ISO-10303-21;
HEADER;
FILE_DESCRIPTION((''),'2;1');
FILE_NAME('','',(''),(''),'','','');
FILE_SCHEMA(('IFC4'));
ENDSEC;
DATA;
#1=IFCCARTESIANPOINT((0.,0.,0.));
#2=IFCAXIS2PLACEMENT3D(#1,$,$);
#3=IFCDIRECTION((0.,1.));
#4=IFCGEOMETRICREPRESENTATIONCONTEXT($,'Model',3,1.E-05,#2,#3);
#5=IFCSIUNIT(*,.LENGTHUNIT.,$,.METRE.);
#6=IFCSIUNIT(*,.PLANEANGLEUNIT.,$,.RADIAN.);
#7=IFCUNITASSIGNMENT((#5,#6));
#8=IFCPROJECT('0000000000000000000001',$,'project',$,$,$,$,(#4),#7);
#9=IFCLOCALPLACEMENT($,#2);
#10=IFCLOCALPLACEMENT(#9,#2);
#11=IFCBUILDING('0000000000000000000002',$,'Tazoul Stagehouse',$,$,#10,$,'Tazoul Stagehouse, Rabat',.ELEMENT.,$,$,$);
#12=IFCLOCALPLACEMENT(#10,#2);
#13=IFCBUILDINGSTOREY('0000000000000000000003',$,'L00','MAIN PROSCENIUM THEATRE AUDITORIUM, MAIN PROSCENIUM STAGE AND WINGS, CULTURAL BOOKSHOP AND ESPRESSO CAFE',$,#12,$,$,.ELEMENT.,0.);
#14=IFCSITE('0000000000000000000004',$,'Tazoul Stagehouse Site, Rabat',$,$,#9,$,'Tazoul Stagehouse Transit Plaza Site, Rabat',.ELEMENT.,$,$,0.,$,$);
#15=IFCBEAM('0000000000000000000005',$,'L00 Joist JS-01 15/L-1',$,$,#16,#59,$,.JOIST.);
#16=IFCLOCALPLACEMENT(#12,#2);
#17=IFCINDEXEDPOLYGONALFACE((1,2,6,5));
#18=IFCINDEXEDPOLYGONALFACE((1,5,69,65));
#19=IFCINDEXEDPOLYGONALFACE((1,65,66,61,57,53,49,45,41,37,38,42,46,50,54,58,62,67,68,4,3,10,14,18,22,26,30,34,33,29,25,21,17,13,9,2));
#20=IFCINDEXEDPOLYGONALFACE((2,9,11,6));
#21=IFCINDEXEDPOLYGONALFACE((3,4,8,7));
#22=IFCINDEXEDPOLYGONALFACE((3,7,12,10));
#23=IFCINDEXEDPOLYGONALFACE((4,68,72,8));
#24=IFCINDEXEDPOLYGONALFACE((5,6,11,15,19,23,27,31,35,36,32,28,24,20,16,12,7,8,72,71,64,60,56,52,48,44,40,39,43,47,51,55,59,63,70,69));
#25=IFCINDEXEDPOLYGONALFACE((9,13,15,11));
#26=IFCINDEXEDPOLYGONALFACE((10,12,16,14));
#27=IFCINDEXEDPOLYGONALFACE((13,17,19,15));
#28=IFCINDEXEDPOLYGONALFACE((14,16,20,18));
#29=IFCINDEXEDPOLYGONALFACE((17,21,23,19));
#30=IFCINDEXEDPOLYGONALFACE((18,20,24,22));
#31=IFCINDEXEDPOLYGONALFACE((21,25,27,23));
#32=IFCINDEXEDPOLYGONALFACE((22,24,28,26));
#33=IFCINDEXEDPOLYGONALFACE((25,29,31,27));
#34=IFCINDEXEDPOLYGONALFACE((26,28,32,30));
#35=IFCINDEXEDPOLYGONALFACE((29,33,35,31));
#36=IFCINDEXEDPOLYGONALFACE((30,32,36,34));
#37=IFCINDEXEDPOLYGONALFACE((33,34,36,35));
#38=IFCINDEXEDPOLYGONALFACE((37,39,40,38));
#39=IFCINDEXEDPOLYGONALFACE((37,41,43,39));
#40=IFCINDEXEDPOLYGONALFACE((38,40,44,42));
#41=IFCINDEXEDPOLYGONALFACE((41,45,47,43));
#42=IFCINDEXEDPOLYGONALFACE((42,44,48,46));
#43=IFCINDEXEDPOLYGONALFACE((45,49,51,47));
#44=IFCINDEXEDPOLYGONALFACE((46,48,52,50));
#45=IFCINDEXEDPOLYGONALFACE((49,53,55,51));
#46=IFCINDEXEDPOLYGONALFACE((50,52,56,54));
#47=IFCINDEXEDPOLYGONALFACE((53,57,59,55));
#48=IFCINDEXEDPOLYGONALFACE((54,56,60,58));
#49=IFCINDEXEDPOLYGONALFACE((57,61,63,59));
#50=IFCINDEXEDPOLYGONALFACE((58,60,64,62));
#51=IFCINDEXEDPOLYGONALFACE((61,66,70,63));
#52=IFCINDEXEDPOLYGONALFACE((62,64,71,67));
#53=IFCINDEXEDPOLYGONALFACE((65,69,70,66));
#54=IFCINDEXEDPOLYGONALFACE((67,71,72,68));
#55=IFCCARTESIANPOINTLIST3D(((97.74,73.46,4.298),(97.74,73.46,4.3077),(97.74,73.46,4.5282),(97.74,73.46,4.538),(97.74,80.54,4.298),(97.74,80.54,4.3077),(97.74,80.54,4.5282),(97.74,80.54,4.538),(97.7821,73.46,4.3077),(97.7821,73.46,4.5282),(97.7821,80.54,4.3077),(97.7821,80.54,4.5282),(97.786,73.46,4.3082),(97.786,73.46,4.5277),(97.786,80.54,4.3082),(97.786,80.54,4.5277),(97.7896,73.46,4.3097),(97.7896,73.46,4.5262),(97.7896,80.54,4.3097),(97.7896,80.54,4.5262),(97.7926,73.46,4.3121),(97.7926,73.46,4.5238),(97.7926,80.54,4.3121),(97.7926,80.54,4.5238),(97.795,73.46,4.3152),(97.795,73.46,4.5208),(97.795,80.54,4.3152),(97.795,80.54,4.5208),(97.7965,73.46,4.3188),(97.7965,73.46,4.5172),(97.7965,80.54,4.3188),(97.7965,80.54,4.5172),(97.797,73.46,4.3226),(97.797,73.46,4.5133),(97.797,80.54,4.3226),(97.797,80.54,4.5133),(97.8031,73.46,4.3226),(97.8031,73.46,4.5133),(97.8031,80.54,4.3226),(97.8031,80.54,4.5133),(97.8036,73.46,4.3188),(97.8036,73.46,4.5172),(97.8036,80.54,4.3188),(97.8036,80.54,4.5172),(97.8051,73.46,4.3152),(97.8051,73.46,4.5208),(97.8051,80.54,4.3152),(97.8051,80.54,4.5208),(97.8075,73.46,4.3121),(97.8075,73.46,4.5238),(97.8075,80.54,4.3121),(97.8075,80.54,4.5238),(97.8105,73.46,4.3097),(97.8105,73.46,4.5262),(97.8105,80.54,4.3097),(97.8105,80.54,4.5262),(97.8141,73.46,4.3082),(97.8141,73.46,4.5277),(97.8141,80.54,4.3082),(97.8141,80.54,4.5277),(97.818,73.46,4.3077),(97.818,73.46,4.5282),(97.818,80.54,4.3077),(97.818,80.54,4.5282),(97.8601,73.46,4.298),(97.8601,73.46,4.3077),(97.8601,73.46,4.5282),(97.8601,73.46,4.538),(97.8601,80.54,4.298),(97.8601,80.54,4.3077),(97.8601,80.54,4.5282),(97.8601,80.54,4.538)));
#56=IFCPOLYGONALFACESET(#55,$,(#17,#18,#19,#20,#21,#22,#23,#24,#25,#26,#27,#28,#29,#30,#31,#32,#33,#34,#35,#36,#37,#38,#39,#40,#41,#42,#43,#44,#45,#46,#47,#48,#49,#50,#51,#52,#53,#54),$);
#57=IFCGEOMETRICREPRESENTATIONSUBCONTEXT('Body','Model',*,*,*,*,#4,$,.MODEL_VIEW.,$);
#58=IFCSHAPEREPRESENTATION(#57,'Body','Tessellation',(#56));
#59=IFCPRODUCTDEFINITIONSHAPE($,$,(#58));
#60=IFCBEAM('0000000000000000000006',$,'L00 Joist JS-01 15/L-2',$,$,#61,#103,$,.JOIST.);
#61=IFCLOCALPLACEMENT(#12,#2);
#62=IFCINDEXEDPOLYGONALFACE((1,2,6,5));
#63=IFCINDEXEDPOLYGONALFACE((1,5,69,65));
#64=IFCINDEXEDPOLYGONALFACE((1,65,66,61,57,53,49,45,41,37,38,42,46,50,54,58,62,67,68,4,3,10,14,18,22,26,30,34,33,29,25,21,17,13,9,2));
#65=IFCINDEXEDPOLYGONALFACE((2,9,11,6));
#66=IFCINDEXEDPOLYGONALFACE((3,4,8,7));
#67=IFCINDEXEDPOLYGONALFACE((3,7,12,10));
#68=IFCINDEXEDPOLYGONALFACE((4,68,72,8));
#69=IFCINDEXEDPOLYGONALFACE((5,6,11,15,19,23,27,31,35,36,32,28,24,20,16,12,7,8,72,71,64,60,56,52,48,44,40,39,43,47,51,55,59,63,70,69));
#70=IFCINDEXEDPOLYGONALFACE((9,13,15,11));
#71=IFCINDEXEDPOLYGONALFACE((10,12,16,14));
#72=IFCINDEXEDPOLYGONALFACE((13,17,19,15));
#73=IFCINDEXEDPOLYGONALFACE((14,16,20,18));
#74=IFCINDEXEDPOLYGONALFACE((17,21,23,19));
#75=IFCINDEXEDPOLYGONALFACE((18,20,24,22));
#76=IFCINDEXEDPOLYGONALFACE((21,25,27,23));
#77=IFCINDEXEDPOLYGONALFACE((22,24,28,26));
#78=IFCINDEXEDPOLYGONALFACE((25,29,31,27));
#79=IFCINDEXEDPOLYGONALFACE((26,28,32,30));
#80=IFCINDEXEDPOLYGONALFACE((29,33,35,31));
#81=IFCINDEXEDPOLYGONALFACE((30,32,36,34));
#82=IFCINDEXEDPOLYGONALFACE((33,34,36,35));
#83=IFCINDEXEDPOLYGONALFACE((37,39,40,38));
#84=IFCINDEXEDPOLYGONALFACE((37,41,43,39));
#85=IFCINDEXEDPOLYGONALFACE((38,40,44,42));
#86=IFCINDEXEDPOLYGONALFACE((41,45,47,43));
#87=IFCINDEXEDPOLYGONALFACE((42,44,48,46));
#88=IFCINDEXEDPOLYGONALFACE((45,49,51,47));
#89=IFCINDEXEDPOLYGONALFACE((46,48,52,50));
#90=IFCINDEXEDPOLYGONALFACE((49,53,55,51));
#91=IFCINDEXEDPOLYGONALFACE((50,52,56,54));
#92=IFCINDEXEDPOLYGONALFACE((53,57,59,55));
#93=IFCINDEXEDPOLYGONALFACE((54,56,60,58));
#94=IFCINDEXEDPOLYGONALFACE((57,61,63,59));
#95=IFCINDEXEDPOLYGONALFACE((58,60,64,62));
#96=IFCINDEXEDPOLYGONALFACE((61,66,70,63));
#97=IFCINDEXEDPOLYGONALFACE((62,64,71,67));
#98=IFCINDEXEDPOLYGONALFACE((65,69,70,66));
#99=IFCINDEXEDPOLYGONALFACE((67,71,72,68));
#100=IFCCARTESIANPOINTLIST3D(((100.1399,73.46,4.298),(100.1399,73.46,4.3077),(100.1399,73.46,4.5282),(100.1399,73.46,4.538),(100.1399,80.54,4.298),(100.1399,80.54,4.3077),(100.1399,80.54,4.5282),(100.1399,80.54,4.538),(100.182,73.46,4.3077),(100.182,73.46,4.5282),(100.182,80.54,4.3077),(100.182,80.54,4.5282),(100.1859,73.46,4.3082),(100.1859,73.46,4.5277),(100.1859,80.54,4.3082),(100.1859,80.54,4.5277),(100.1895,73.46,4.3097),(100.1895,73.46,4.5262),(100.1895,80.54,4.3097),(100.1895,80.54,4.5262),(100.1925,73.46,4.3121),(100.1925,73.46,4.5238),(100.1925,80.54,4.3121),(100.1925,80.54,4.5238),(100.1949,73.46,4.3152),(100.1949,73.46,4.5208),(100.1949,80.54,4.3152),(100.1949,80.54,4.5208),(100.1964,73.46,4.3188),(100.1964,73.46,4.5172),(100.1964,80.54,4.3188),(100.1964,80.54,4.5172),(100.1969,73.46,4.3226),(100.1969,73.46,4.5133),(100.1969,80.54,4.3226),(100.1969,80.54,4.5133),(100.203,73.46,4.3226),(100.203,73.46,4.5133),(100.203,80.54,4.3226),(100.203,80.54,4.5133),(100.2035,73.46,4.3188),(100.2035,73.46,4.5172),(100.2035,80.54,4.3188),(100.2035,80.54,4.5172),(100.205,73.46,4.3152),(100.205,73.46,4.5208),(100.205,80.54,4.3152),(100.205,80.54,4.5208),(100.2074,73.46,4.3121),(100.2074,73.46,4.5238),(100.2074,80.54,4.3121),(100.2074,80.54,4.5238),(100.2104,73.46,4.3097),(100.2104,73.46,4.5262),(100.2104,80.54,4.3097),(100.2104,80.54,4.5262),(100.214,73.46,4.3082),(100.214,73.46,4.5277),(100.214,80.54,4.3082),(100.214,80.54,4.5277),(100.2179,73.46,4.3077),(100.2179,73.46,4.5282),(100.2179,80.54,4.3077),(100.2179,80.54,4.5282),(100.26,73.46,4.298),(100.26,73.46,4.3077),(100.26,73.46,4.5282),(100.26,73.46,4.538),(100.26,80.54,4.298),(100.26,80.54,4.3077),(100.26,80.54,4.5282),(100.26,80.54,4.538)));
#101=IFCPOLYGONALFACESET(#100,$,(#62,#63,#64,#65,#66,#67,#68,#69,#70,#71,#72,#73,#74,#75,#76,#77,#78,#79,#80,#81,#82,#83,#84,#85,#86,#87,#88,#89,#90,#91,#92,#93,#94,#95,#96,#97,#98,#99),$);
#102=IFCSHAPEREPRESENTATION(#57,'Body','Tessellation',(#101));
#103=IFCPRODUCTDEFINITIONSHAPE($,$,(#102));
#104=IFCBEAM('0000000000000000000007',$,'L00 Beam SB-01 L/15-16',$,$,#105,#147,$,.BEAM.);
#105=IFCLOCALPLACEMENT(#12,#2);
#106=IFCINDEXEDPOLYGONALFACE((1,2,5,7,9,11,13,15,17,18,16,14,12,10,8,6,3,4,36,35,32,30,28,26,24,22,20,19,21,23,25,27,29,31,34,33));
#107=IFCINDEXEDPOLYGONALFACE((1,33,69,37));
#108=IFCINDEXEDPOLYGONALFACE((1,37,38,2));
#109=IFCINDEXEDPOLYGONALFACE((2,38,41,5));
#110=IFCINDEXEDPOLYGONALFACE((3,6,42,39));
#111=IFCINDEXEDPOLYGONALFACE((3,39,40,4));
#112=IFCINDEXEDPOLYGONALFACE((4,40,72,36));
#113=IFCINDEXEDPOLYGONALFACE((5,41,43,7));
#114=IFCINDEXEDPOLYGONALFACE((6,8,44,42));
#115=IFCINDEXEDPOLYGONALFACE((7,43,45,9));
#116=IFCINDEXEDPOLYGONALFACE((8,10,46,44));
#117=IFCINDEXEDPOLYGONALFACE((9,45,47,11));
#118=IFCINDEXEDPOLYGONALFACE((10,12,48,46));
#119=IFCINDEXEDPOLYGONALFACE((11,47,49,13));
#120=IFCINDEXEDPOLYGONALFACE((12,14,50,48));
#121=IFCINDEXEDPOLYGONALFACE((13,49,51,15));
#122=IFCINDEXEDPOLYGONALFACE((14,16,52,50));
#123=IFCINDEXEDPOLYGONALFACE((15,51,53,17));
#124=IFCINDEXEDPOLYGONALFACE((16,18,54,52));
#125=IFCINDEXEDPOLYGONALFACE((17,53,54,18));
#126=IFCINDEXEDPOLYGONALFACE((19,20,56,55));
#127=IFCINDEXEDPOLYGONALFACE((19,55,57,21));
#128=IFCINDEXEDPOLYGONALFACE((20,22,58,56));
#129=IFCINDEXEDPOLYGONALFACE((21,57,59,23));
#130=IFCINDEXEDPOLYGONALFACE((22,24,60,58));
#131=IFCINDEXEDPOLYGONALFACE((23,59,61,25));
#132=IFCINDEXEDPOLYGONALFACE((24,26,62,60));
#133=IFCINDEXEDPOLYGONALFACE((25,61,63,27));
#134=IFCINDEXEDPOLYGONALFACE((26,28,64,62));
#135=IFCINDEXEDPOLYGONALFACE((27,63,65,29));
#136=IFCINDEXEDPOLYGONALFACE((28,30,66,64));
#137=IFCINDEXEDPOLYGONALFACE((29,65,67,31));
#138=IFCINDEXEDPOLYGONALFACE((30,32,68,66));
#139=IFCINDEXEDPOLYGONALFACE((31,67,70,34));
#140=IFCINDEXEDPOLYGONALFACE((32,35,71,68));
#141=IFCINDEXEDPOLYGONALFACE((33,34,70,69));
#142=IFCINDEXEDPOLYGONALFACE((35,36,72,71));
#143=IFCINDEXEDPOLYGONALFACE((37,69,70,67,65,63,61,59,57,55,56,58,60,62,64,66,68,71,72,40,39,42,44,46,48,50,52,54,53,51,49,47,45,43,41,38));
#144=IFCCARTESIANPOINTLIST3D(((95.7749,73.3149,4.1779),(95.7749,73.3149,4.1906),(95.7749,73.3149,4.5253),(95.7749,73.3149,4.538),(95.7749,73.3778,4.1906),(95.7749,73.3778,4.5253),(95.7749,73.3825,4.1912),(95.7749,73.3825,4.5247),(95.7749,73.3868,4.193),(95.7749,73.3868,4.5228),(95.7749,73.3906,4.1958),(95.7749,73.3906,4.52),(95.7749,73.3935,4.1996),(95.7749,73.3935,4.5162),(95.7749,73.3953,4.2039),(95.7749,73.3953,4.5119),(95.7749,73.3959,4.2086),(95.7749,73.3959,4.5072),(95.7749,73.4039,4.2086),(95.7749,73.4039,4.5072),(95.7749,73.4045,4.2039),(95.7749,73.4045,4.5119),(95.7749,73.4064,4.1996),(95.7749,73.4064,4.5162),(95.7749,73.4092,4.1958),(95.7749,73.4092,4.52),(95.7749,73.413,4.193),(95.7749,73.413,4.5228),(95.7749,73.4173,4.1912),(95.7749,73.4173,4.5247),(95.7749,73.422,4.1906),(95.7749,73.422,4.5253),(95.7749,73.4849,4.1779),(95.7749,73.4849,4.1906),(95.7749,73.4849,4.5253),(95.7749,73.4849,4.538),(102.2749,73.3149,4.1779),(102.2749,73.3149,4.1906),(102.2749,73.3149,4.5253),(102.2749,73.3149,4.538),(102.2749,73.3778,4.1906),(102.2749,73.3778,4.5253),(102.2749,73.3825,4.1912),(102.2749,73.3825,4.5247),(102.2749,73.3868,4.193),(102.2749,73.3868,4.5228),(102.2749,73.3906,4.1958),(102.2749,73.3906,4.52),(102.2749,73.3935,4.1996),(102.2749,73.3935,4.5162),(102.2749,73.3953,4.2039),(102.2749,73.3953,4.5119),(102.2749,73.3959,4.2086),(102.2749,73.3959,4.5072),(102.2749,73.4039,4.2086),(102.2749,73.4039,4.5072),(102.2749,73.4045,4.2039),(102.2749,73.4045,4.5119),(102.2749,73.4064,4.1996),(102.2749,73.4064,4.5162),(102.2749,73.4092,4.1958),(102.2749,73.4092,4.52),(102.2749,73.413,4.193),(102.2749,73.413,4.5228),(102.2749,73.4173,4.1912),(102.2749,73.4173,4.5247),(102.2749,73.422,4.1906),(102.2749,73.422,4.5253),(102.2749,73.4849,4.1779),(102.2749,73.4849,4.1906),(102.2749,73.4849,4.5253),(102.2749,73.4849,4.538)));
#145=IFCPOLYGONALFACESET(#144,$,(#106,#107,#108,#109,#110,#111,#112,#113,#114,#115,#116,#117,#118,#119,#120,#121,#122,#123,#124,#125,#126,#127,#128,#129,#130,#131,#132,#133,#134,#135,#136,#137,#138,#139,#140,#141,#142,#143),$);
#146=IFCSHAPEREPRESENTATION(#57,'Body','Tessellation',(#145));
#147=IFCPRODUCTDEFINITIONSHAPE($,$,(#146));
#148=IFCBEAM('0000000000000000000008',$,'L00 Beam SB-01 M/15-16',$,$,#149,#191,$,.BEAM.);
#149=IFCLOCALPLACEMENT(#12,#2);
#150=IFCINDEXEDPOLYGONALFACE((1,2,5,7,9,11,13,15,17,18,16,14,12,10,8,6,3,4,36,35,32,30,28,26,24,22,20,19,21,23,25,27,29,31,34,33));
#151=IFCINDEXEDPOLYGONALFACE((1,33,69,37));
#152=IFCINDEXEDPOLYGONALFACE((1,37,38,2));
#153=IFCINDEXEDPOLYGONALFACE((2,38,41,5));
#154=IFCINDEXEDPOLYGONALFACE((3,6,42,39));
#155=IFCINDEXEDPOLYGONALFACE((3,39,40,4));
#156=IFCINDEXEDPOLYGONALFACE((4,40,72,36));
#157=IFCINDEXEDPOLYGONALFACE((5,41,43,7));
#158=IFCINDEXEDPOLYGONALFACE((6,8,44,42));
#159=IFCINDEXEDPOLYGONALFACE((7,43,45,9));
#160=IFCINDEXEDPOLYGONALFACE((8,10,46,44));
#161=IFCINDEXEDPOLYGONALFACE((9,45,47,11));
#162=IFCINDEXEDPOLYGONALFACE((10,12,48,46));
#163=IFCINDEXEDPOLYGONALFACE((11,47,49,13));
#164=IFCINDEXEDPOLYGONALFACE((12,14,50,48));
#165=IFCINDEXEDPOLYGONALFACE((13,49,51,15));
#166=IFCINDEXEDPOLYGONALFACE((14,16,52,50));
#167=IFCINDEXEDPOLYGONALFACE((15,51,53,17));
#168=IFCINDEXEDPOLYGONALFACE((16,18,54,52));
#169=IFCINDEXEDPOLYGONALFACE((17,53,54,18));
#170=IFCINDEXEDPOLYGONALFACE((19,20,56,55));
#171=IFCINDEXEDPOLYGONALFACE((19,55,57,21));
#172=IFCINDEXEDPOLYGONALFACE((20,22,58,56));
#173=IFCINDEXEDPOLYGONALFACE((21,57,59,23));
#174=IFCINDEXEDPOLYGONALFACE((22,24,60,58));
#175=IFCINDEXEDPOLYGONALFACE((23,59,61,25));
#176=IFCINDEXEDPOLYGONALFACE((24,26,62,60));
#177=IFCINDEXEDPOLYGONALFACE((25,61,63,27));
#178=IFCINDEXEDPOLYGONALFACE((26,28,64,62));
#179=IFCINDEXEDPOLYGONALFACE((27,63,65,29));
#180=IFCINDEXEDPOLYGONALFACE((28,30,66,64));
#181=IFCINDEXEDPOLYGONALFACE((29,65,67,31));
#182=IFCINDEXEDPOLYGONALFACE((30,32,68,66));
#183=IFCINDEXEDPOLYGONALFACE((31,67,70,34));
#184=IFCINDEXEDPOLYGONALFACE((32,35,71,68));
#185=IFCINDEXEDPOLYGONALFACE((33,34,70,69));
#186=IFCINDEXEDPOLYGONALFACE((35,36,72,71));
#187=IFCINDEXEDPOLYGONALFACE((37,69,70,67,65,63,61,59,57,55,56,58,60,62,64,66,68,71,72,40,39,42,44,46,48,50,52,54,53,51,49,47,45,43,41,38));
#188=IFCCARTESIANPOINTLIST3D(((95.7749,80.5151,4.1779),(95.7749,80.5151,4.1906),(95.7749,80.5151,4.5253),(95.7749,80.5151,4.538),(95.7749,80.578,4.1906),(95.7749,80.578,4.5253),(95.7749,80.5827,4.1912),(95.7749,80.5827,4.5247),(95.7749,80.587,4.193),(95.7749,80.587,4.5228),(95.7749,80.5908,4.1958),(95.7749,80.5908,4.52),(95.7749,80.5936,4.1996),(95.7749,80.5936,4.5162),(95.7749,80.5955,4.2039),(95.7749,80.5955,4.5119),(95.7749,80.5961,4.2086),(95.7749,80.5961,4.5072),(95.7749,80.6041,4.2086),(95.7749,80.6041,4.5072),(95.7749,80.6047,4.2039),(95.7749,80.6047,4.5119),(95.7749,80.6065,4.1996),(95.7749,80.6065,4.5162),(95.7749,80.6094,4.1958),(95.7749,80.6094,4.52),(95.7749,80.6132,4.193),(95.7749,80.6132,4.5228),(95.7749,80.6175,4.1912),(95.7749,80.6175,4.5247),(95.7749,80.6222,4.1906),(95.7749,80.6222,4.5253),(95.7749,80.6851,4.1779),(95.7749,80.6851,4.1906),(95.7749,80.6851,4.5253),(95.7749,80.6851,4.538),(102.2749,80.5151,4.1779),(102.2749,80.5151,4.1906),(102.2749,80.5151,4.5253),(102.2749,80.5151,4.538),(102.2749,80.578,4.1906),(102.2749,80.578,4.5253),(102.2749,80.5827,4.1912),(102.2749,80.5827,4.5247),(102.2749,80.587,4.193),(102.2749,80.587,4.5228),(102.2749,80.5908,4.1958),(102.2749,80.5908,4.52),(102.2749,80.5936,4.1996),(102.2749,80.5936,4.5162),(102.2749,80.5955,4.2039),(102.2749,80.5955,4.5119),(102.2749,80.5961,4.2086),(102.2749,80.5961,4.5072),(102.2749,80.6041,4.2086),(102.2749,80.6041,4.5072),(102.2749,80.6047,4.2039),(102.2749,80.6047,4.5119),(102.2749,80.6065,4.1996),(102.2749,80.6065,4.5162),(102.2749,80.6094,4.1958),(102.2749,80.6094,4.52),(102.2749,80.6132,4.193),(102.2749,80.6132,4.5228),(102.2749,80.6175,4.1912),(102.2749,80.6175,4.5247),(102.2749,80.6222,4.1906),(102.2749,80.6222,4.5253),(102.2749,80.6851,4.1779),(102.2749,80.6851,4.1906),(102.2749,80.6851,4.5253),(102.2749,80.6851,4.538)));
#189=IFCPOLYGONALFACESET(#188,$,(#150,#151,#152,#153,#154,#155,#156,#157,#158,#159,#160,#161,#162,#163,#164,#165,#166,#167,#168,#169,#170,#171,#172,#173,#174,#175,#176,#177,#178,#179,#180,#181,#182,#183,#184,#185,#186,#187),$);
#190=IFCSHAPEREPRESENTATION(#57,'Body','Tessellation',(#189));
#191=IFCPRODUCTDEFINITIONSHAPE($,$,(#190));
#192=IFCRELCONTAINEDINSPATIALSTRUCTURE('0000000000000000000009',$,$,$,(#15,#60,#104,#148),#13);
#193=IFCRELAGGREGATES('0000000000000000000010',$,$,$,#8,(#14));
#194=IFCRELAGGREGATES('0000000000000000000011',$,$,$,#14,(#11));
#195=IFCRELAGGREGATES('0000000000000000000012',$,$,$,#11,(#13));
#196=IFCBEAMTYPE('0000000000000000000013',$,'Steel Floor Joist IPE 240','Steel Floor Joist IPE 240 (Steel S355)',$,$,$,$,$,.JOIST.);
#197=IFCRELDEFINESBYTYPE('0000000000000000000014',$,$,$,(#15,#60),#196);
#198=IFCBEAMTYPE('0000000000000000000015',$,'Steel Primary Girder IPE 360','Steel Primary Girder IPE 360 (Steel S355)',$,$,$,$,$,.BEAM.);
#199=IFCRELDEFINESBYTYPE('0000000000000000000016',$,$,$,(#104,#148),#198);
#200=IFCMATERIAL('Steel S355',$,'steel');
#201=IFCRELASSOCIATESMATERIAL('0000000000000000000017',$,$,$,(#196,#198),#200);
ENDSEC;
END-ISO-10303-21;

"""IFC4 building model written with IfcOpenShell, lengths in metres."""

from ifc_helpers import new_model, si_unit, direction, frame, origin, origin_2d, place, context, subcontext, project, spatial, i_section, extrude, material, material_profile, profile_set, type_object, element, save


model = new_model("IFC4")

# Units and contexts
model_context = context("Model", 3, precision=1e-05, world=origin(), true_north=direction((0.0, 1.0)))
body_context = subcontext(model_context, "Body", "Model", "MODEL_VIEW")
ifc_project = project(units=[si_unit("LENGTHUNIT", "METRE"), si_unit("PLANEANGLEUNIT", "RADIAN")], contexts=[model_context])

# Site, building, storey
site_placement = place(None, origin())
site = spatial("IfcSite", under=ifc_project, at=site_placement, Name="Tazoul Stagehouse Site, Rabat", LongName="Tazoul Stagehouse Transit Plaza Site, Rabat", CompositionType="ELEMENT", RefElevation=0.0)
building_placement = place(site_placement, origin())
building = spatial("IfcBuilding", under=site, at=building_placement, Name="Tazoul Stagehouse", LongName="Tazoul Stagehouse, Rabat", CompositionType="ELEMENT")
storey_placement = place(building_placement, origin())
storey = spatial("IfcBuildingStorey", under=building, at=storey_placement, Name="L00", Description="MAIN PROSCENIUM THEATRE AUDITORIUM, MAIN PROSCENIUM STAGE AND WINGS, CULTURAL BOOKSHOP AND ESPRESSO CAFE", CompositionType="ELEMENT", Elevation=0.0)

# Beams
ifc_material_1 = material(Name="Steel S355", Category="steel")
ifc_material_profile_1 = material_profile(ifc_material_1, i_section(OverallWidth=0.1201, OverallDepth=0.24, WebThickness=0.0061, FlangeThickness=0.0098, FilletRadius=0.0149, at=origin_2d()), Name="IPE 240")
ifc_profile_set_1 = profile_set([ifc_material_profile_1], Name="Steel S355")
beam_type_1 = type_object("IfcBeamType", Name="Steel Floor Joist IPE 240", Description="Steel Floor Joist IPE 240 (Steel S355)", PredefinedType="JOIST", material=ifc_profile_set_1)
for number, where, z_axis, x_axis, name in (
    (1, (97.8, 73.46, 4.418), (0.0, 1.0, 0.0), (-1.0, 0.0, 0.0), "L00 Joist JS-01 15/L-1"),
    (2, (100.2, 73.46, 4.418), (0.0, 1.0, 0.0), (-1.0, 0.0, 0.0), "L00 Joist JS-01 15/L-2"),
):
    element("IfcBeam", number, at=place(storey_placement, frame(where, z_axis=z_axis, x_axis=x_axis)), inside=storey, type_object=beam_type_1, Name=name, PredefinedType="JOIST", context=body_context, shape_type="SweptSolid", body=[
        extrude(i_section(OverallWidth=0.1201, OverallDepth=0.24, WebThickness=0.0061, FlangeThickness=0.0098, FilletRadius=0.0149, at=origin_2d()), origin(), (0.0, 0.0, 1.0), 7.0801),
    ])
ifc_material_profile_2 = material_profile(ifc_material_1, i_section(OverallWidth=0.1699, OverallDepth=0.3601, WebThickness=0.0081, FlangeThickness=0.0127, FilletRadius=0.0181, at=origin_2d()), Name="IPE 360")
ifc_profile_set_2 = profile_set([ifc_material_profile_2], Name="Steel S355")
beam_type_2 = type_object("IfcBeamType", Name="Steel Primary Girder IPE 360", Description="Steel Primary Girder IPE 360 (Steel S355)", PredefinedType="BEAM", material=ifc_profile_set_2)
for number, where, z_axis, x_axis, name in (
    (3, (95.7749, 73.3999, 4.3579), (1.0, 0.0, 0.0), (0.0, 1.0, 0.0), "L00 Beam SB-01 L/15-16"),
    (4, (95.7749, 80.6001, 4.3579), (1.0, 0.0, 0.0), (0.0, 1.0, 0.0), "L00 Beam SB-01 M/15-16"),
):
    element("IfcBeam", number, at=place(storey_placement, frame(where, z_axis=z_axis, x_axis=x_axis)), inside=storey, type_object=beam_type_2, Name=name, PredefinedType="BEAM", context=body_context, shape_type="SweptSolid", body=[
        extrude(i_section(OverallWidth=0.1699, OverallDepth=0.3601, WebThickness=0.0081, FlangeThickness=0.0127, FilletRadius=0.0181, at=origin_2d()), origin(), (0.0, 0.0, 1.0), 6.5),
    ])

save(model, "model.ifc")
